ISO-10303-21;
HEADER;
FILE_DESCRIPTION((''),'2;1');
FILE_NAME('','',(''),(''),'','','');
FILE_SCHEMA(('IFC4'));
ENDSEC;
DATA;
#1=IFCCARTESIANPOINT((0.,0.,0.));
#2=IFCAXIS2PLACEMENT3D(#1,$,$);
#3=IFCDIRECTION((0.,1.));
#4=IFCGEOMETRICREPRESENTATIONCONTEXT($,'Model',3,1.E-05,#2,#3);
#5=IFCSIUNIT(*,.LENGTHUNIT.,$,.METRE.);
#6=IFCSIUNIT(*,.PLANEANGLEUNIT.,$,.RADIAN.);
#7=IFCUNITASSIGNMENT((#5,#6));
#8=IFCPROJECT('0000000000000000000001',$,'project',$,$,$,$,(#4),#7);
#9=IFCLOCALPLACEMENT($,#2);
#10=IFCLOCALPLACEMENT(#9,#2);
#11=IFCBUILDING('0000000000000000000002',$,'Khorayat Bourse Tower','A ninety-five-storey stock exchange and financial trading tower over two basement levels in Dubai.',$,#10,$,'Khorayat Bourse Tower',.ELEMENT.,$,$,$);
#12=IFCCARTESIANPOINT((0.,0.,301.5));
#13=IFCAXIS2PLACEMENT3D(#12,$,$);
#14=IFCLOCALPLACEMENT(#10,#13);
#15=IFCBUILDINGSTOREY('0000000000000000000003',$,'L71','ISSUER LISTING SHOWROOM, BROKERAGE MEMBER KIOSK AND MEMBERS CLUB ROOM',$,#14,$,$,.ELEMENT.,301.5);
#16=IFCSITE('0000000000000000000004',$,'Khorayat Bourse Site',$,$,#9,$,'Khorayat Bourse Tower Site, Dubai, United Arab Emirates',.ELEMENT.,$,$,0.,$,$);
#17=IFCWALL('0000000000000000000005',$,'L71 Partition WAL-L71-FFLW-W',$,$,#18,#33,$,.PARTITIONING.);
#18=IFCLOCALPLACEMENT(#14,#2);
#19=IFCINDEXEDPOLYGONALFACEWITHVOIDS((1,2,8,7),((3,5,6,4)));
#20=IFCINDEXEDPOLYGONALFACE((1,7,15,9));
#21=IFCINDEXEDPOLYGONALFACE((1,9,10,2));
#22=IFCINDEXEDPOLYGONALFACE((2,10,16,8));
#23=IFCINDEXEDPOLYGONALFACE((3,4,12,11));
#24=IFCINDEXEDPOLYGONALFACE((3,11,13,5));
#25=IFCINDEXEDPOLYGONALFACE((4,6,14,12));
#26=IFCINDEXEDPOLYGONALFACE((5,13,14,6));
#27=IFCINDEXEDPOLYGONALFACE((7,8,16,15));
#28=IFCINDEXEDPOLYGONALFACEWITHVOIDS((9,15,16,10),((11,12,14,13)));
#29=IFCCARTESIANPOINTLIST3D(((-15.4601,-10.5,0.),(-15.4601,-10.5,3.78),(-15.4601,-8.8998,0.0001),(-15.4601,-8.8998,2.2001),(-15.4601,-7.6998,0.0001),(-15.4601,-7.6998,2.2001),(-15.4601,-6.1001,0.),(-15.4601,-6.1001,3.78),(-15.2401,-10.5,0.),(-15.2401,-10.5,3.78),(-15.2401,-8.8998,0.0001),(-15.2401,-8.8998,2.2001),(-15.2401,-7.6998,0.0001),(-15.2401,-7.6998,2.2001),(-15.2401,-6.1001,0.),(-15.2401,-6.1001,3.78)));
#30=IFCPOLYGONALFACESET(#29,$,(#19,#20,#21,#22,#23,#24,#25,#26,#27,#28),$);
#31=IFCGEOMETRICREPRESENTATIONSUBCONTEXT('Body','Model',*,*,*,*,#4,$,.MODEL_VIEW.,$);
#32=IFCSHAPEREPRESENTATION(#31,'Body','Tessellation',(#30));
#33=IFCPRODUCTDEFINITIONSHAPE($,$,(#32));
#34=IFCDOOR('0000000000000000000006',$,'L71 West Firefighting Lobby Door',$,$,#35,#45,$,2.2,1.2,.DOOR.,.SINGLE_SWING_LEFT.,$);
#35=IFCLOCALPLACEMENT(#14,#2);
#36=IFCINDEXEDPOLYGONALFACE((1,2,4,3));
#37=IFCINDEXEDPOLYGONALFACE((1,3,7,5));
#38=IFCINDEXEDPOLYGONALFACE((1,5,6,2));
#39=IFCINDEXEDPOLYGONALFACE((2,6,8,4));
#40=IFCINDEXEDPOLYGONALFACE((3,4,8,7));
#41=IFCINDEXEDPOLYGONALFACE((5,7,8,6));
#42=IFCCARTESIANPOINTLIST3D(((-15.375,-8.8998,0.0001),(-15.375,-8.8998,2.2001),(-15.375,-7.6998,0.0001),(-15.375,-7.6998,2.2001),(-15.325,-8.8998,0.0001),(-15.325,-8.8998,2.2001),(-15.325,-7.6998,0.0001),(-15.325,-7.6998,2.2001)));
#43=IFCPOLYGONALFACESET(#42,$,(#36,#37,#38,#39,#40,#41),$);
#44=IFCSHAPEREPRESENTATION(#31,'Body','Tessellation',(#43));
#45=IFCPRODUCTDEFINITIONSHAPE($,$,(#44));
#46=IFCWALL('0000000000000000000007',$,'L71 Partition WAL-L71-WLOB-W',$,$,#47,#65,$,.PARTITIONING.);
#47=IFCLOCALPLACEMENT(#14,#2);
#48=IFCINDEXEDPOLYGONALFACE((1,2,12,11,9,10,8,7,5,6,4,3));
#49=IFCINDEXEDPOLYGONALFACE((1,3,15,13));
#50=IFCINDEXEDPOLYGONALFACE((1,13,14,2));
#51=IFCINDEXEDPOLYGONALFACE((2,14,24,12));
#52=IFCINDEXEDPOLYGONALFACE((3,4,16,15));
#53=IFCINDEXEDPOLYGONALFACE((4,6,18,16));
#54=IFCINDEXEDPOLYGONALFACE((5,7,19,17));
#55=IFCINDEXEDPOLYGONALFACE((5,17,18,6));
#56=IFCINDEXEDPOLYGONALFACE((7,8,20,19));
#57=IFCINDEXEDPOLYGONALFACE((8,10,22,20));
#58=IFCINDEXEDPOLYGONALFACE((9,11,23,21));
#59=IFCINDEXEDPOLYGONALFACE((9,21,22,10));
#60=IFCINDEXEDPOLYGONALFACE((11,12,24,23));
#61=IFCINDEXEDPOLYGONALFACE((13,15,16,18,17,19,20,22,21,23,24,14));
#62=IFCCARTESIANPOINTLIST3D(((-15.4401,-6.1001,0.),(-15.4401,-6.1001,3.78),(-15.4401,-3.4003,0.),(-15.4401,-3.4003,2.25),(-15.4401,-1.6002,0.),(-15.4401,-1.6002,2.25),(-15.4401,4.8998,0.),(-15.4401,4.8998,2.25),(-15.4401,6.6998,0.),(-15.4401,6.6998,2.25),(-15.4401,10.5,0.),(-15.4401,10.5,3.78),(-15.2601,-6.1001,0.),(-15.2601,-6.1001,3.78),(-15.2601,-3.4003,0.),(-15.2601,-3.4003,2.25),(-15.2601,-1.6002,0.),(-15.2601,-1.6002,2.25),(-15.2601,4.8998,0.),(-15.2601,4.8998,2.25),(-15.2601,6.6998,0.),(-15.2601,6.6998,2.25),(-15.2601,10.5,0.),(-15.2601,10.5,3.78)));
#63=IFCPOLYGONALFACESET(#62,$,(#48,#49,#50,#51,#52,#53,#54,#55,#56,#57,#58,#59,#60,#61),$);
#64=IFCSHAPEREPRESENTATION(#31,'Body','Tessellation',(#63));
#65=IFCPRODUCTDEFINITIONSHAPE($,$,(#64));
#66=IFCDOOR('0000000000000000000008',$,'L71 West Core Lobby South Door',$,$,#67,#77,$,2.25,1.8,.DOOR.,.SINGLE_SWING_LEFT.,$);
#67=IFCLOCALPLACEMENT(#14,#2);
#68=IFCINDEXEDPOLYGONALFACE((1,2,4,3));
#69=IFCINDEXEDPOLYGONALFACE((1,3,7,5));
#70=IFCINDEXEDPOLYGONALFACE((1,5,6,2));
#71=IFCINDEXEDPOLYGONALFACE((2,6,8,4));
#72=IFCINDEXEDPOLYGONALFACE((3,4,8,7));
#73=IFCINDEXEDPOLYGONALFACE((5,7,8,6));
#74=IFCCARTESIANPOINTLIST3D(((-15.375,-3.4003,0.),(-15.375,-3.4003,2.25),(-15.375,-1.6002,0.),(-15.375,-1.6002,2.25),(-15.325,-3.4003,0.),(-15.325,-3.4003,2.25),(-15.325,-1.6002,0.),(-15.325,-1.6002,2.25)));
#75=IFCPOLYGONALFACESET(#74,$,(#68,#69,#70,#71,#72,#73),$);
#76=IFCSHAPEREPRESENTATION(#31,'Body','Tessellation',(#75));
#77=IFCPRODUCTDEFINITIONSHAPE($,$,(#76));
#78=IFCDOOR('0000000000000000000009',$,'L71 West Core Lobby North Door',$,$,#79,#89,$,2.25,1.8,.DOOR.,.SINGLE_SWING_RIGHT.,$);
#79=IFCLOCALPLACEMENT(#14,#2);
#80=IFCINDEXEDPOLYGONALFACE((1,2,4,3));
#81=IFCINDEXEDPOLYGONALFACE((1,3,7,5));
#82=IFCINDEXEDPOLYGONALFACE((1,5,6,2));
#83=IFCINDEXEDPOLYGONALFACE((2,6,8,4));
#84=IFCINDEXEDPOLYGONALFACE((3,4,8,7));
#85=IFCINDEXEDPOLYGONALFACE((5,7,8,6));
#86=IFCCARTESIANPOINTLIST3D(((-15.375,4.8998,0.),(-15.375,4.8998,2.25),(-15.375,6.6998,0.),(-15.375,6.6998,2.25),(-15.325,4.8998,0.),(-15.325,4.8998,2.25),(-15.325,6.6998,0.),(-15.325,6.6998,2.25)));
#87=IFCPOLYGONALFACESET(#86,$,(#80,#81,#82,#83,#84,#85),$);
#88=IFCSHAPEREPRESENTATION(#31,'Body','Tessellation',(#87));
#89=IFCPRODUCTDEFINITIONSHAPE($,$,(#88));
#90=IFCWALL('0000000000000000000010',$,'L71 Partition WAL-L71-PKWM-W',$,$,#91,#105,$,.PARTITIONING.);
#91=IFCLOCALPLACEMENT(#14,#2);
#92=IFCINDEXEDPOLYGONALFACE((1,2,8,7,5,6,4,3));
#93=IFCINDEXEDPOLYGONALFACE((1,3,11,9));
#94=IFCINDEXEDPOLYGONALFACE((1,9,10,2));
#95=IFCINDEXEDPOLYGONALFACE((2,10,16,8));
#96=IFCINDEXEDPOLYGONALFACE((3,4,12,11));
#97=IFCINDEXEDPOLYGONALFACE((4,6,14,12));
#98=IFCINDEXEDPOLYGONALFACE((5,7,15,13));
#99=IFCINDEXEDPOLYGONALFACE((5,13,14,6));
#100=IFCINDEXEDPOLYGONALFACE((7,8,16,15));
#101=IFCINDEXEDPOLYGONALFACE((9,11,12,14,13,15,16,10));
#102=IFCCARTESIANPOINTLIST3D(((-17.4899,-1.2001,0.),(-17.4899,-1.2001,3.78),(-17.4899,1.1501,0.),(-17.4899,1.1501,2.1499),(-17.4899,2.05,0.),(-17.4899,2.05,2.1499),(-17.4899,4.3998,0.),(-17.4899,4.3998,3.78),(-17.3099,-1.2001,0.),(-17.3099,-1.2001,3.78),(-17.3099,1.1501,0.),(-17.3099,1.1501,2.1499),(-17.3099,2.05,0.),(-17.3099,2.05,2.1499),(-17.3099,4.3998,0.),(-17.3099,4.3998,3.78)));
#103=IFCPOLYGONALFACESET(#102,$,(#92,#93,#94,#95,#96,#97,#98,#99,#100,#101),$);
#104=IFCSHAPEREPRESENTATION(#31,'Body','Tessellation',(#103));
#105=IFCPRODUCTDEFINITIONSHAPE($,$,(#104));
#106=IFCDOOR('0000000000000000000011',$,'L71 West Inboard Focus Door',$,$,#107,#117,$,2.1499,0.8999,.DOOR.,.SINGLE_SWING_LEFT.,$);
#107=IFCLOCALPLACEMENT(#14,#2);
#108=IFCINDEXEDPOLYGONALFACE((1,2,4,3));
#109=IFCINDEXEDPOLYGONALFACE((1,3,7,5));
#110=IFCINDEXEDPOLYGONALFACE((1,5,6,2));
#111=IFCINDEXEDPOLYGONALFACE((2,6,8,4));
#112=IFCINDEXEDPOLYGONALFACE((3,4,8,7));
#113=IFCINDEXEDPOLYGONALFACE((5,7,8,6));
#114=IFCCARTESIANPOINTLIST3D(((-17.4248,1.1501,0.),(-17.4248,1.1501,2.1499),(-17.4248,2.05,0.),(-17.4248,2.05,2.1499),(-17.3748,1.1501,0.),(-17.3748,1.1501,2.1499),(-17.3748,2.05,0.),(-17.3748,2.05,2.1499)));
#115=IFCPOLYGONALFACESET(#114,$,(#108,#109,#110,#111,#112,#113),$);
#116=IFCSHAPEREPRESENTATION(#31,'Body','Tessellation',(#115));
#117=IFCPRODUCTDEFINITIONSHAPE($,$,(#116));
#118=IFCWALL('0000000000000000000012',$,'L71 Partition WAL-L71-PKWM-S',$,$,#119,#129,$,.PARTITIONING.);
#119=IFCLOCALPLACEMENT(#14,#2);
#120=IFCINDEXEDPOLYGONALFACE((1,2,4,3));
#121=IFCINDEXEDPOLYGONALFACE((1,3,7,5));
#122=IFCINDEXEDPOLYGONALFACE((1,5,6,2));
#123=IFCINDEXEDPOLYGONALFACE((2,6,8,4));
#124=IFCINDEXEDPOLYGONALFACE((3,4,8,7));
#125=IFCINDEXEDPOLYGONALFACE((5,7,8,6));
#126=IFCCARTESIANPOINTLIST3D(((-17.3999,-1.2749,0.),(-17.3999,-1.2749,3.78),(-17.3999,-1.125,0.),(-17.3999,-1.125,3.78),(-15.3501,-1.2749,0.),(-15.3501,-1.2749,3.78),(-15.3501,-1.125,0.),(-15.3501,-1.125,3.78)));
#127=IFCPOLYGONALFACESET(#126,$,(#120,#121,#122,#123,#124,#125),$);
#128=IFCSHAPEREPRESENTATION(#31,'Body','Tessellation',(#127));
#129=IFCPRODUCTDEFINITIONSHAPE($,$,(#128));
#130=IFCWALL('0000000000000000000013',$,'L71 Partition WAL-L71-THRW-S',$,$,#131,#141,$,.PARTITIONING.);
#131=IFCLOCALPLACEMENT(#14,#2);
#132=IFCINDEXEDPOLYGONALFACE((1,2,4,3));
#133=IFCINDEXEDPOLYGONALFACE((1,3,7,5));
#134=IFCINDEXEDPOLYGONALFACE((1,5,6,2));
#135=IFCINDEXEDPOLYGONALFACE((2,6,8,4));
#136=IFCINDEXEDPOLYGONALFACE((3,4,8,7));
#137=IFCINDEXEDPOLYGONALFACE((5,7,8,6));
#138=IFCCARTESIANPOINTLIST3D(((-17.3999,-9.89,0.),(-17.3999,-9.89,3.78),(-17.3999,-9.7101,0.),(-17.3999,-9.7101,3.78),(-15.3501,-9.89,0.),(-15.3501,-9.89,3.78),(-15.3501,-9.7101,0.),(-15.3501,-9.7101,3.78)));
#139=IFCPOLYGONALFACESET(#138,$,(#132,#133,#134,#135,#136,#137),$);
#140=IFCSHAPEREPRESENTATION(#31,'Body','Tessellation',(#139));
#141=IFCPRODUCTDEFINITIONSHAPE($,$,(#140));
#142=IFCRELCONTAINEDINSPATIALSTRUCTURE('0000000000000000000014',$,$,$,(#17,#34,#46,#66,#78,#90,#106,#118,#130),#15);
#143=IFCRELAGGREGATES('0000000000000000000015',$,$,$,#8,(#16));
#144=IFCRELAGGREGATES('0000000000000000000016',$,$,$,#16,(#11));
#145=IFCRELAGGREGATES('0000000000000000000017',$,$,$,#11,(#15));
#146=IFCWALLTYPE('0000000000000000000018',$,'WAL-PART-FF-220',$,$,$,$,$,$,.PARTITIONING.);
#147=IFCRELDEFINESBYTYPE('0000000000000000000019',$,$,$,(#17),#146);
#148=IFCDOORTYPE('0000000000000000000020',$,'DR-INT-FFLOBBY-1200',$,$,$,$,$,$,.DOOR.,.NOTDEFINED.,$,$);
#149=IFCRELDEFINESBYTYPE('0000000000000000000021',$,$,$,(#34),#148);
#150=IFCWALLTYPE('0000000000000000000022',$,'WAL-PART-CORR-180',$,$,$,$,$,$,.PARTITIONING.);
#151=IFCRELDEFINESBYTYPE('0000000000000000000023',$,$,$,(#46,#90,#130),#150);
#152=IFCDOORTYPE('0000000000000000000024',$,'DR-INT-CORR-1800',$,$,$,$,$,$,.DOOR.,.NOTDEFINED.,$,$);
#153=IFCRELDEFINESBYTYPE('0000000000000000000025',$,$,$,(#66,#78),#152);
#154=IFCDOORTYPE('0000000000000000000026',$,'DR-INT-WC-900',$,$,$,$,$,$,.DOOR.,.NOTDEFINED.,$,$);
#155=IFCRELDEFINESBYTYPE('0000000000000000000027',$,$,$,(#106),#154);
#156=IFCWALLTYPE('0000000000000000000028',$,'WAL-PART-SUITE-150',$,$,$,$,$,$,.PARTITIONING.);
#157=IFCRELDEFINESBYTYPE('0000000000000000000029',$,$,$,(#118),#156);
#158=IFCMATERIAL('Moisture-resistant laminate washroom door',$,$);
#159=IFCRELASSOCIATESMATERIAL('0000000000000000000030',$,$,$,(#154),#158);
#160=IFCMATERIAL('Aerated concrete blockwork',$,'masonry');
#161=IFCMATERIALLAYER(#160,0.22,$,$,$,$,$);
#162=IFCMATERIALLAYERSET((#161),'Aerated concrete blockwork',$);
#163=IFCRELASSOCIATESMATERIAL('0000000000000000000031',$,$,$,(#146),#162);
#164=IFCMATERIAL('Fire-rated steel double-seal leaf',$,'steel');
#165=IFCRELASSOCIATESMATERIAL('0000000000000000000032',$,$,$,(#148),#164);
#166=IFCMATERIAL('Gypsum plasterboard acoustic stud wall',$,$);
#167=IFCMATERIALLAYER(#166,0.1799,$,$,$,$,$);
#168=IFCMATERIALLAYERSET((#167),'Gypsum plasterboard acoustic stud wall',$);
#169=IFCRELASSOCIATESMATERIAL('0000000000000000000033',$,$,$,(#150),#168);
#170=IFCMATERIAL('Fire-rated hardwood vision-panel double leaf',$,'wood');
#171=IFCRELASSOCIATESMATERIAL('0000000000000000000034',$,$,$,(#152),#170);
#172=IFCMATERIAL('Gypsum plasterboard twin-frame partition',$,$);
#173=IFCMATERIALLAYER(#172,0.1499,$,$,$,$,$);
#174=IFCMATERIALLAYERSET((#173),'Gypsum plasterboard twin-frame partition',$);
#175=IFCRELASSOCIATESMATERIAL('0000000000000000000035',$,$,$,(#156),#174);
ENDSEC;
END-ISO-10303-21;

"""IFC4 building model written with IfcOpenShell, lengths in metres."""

from ifc_helpers import new_model, si_unit, direction, frame, frame_2d, origin, place, context, subcontext, project, spatial, rectangle, extrude, source, transform, mapped, material, layer, layer_set, type_object, element, fill, save


model = new_model("IFC4")

# Units and contexts
model_context = context("Model", 3, precision=1e-05, world=origin(), true_north=direction((0.0, 1.0)))
body_context = subcontext(model_context, "Body", "Model", "MODEL_VIEW")
ifc_project = project(units=[si_unit("LENGTHUNIT", "METRE"), si_unit("PLANEANGLEUNIT", "RADIAN")], contexts=[model_context])

# Site, building, storey
site_placement = place(None, origin())
site = spatial("IfcSite", under=ifc_project, at=site_placement, Name="Khorayat Bourse Site", LongName="Khorayat Bourse Tower Site, Dubai, United Arab Emirates", CompositionType="ELEMENT", RefElevation=0.0)
building_placement = place(site_placement, origin())
building = spatial("IfcBuilding", under=site, at=building_placement, Name="Khorayat Bourse Tower", Description="A ninety-five-storey stock exchange and financial trading tower over two basement levels in Dubai.", LongName="Khorayat Bourse Tower", CompositionType="ELEMENT")
storey_placement = place(building_placement, frame((0.0, 0.0, 301.5)))
storey = spatial("IfcBuildingStorey", under=building, at=storey_placement, Name="L71", Description="ISSUER LISTING SHOWROOM, BROKERAGE MEMBER KIOSK AND MEMBERS CLUB ROOM", CompositionType="ELEMENT", Elevation=301.5)

# Shared definitions
ifc_material_1 = material(Name="Moisture-resistant laminate washroom door")
door_type_1 = type_object("IfcDoorType", Name="DR-INT-WC-900", OperationType="NOTDEFINED", PredefinedType="DOOR", material=ifc_material_1)
shared_shape_1 = source(origin(), body_context, "Body", "SweptSolid", [
    extrude(rectangle(XDim=0.8999, YDim=2.1499, at=frame_2d((0.45, 1.075))), frame((0.0, 0.0249, 0.0), z_axis=(0.0, -1.0, 0.0), x_axis=(1.0, 0.0, 0.0)), (0.0, 0.0, 1.0), 0.05),
])

# Shared definitions
ifc_material_2 = material(Name="Aerated concrete blockwork", Category="masonry")
ifc_layer_1 = layer(ifc_material_2, 0.22)
ifc_layer_set_1 = layer_set([ifc_layer_1], Name="Aerated concrete blockwork")
wall_type_1 = type_object("IfcWallType", Name="WAL-PART-FF-220", PredefinedType="PARTITIONING", material=ifc_layer_set_1)

# Wall, opening, door
shared_shape_2 = source(origin(), body_context, "Body", "SweptSolid", [
    extrude(rectangle(XDim=4.3999, YDim=0.22, at=frame_2d((2.2, 0.0))), origin(), (0.0, 0.0, 1.0), 3.78),
])
wall_1_placement = place(storey_placement, frame((-15.3501, -10.5, 0.0), z_axis=(0.0, 0.0, 1.0), x_axis=(0.0, 1.0, 0.0)))
wall_1 = element("IfcWall", 1, at=wall_1_placement, inside=storey, type_object=wall_type_1, Name="L71 Partition WAL-L71-FFLW-W", PredefinedType="PARTITIONING", context=body_context, shape_type="MappedRepresentation", body=[
    mapped(shared_shape_2, transform((0.0, 0.0, 0.0), scale=1.0)),
])
shared_shape_3 = source(origin(), body_context, "Body", "SweptSolid", [
    extrude(rectangle(XDim=1.2, YDim=2.2, at=frame_2d((0.6001, 1.1001))), frame((0.0, 0.1199, 0.0), z_axis=(0.0, -1.0, 0.0), x_axis=(1.0, 0.0, 0.0)), (0.0, 0.0, 1.0), 0.24),
])
opening_1_placement = place(wall_1_placement, frame((1.6001, 0.0, 0.0)))
opening_1 = element("IfcOpeningElement", 2, at=opening_1_placement, cuts=wall_1, PredefinedType="OPENING", context=body_context, shape_type="MappedRepresentation", body=[
    mapped(shared_shape_3, transform((0.0, 0.0, 0.0), scale=1.0)),
])
ifc_material_3 = material(Name="Fire-rated steel double-seal leaf", Category="steel")
door_type_2 = type_object("IfcDoorType", Name="DR-INT-FFLOBBY-1200", OperationType="NOTDEFINED", PredefinedType="DOOR", material=ifc_material_3)
shared_shape_4 = source(origin(), body_context, "Body", "SweptSolid", [
    extrude(rectangle(XDim=1.2, YDim=2.2, at=frame_2d((0.6001, 1.1001))), frame((0.0, 0.0249, 0.0), z_axis=(0.0, -1.0, 0.0), x_axis=(1.0, 0.0, 0.0)), (0.0, 0.0, 1.0), 0.05),
])
door_1_placement = place(opening_1_placement, origin())
door_1 = element("IfcDoor", 3, at=door_1_placement, inside=storey, type_object=door_type_2, Name="L71 West Firefighting Lobby Door", OperationType="SINGLE_SWING_LEFT", OverallHeight=2.2, OverallWidth=1.2, PredefinedType="DOOR", context=body_context, shape_type="MappedRepresentation", body=[
    mapped(shared_shape_4, transform((0.0, 0.0, 0.0), scale=1.0)),
])
fill(opening_1, door_1)

# Wall, openings, doors
ifc_material_4 = material(Name="Gypsum plasterboard acoustic stud wall")
ifc_layer_2 = layer(ifc_material_4, 0.1799)
ifc_layer_set_2 = layer_set([ifc_layer_2], Name="Gypsum plasterboard acoustic stud wall")
wall_type_2 = type_object("IfcWallType", Name="WAL-PART-CORR-180", PredefinedType="PARTITIONING", material=ifc_layer_set_2)
shared_shape_5 = source(origin(), body_context, "Body", "SweptSolid", [
    extrude(rectangle(XDim=16.6001, YDim=0.1799, at=frame_2d((8.3, 0.0))), origin(), (0.0, 0.0, 1.0), 3.78),
])
wall_2_placement = place(storey_placement, frame((-15.3501, -6.1001, 0.0), z_axis=(0.0, 0.0, 1.0), x_axis=(0.0, 1.0, 0.0)))
wall_2 = element("IfcWall", 4, at=wall_2_placement, inside=storey, type_object=wall_type_2, Name="L71 Partition WAL-L71-WLOB-W", PredefinedType="PARTITIONING", context=body_context, shape_type="MappedRepresentation", body=[
    mapped(shared_shape_5, transform((0.0, 0.0, 0.0), scale=1.0)),
])
shared_shape_6 = source(origin(), body_context, "Body", "SweptSolid", [
    extrude(rectangle(XDim=1.8, YDim=2.25, at=frame_2d((0.8999, 1.125))), frame((0.0, 0.0999, 0.0), z_axis=(0.0, -1.0, 0.0), x_axis=(1.0, 0.0, 0.0)), (0.0, 0.0, 1.0), 0.2),
])
opening_2_placement = place(wall_2_placement, frame((2.7, 0.0, 0.0)))
opening_2 = element("IfcOpeningElement", 5, at=opening_2_placement, cuts=wall_2, PredefinedType="OPENING", context=body_context, shape_type="MappedRepresentation", body=[
    mapped(shared_shape_6, transform((0.0, 0.0, 0.0), scale=1.0)),
])
opening_3_placement = place(wall_2_placement, frame((11.0, 0.0, 0.0)))
opening_3 = element("IfcOpeningElement", 6, at=opening_3_placement, cuts=wall_2, PredefinedType="OPENING", context=body_context, shape_type="MappedRepresentation", body=[
    mapped(shared_shape_6, transform((0.0, 0.0, 0.0), scale=1.0)),
])
ifc_material_5 = material(Name="Fire-rated hardwood vision-panel double leaf", Category="wood")
door_type_3 = type_object("IfcDoorType", Name="DR-INT-CORR-1800", OperationType="NOTDEFINED", PredefinedType="DOOR", material=ifc_material_5)
shared_shape_7 = source(origin(), body_context, "Body", "SweptSolid", [
    extrude(rectangle(XDim=1.8, YDim=2.25, at=frame_2d((0.8999, 1.125))), frame((0.0, 0.0249, 0.0), z_axis=(0.0, -1.0, 0.0), x_axis=(1.0, 0.0, 0.0)), (0.0, 0.0, 1.0), 0.05),
])
door_2_placement = place(opening_2_placement, origin())
door_2 = element("IfcDoor", 7, at=door_2_placement, inside=storey, type_object=door_type_3, Name="L71 West Core Lobby South Door", OperationType="SINGLE_SWING_LEFT", OverallHeight=2.25, OverallWidth=1.8, PredefinedType="DOOR", context=body_context, shape_type="MappedRepresentation", body=[
    mapped(shared_shape_7, transform((0.0, 0.0, 0.0), scale=1.0)),
])
fill(opening_2, door_2)
door_3_placement = place(opening_3_placement, origin())
door_3 = element("IfcDoor", 8, at=door_3_placement, inside=storey, type_object=door_type_3, Name="L71 West Core Lobby North Door", OperationType="SINGLE_SWING_RIGHT", OverallHeight=2.25, OverallWidth=1.8, PredefinedType="DOOR", context=body_context, shape_type="MappedRepresentation", body=[
    mapped(shared_shape_7, transform((0.0, 0.0, 0.0), scale=1.0)),
])
fill(opening_3, door_3)

# Wall, opening, door
shared_shape_8 = source(origin(), body_context, "Body", "SweptSolid", [
    extrude(rectangle(XDim=5.5999, YDim=0.1799, at=frame_2d((2.7998, 0.0))), origin(), (0.0, 0.0, 1.0), 3.78),
])
wall_3_placement = place(storey_placement, frame((-17.3999, -1.2, 0.0), z_axis=(0.0, 0.0, 1.0), x_axis=(0.0, 1.0, 0.0)))
wall_3 = element("IfcWall", 9, at=wall_3_placement, inside=storey, type_object=wall_type_2, Name="L71 Partition WAL-L71-PKWM-W", PredefinedType="PARTITIONING", context=body_context, shape_type="MappedRepresentation", body=[
    mapped(shared_shape_8, transform((0.0, 0.0, 0.0), scale=1.0)),
])
shared_shape_9 = source(origin(), body_context, "Body", "SweptSolid", [
    extrude(rectangle(XDim=0.8999, YDim=2.1499, at=frame_2d((0.45, 1.075))), frame((0.0, 0.0999, 0.0), z_axis=(0.0, -1.0, 0.0), x_axis=(1.0, 0.0, 0.0)), (0.0, 0.0, 1.0), 0.2),
])
opening_4_placement = place(wall_3_placement, frame((2.3501, 0.0, 0.0)))
opening_4 = element("IfcOpeningElement", 10, at=opening_4_placement, cuts=wall_3, PredefinedType="OPENING", context=body_context, shape_type="MappedRepresentation", body=[
    mapped(shared_shape_9, transform((0.0, 0.0, 0.0), scale=1.0)),
])
door_4_placement = place(opening_4_placement, origin())
door_4 = element("IfcDoor", 11, at=door_4_placement, inside=storey, type_object=door_type_1, Name="L71 West Inboard Focus Door", OperationType="SINGLE_SWING_LEFT", OverallHeight=2.1499, OverallWidth=0.8999, PredefinedType="DOOR", context=body_context, shape_type="MappedRepresentation", body=[
    mapped(shared_shape_1, transform((0.0, 0.0, 0.0), scale=1.0)),
])
fill(opening_4, door_4)

# Walls
ifc_material_6 = material(Name="Gypsum plasterboard twin-frame partition")
ifc_layer_3 = layer(ifc_material_6, 0.1499)
ifc_layer_set_3 = layer_set([ifc_layer_3], Name="Gypsum plasterboard twin-frame partition")
wall_type_3 = type_object("IfcWallType", Name="WAL-PART-SUITE-150", PredefinedType="PARTITIONING", material=ifc_layer_set_3)
shared_shape_10 = source(origin(), body_context, "Body", "SweptSolid", [
    extrude(rectangle(XDim=2.0498, YDim=0.1499, at=frame_2d((1.0249, 0.0))), origin(), (0.0, 0.0, 1.0), 3.78),
])
wall_4_placement = place(storey_placement, frame((-17.3999, -1.2, 0.0), z_axis=(0.0, 0.0, 1.0), x_axis=(1.0, 0.0, 0.0)))
element("IfcWall", 12, at=wall_4_placement, inside=storey, type_object=wall_type_3, Name="L71 Partition WAL-L71-PKWM-S", PredefinedType="PARTITIONING", context=body_context, shape_type="MappedRepresentation", body=[
    mapped(shared_shape_10, transform((0.0, 0.0, 0.0), scale=1.0)),
])
shared_shape_11 = source(origin(), body_context, "Body", "SweptSolid", [
    extrude(rectangle(XDim=2.0498, YDim=0.1799, at=frame_2d((1.0249, 0.0))), origin(), (0.0, 0.0, 1.0), 3.78),
])
wall_5_placement = place(storey_placement, frame((-17.3999, -9.8, 0.0), z_axis=(0.0, 0.0, 1.0), x_axis=(1.0, 0.0, 0.0)))
element("IfcWall", 13, at=wall_5_placement, inside=storey, type_object=wall_type_2, Name="L71 Partition WAL-L71-THRW-S", PredefinedType="PARTITIONING", context=body_context, shape_type="MappedRepresentation", body=[
    mapped(shared_shape_11, transform((0.0, 0.0, 0.0), scale=1.0)),
])

save(model, "model.ifc")
